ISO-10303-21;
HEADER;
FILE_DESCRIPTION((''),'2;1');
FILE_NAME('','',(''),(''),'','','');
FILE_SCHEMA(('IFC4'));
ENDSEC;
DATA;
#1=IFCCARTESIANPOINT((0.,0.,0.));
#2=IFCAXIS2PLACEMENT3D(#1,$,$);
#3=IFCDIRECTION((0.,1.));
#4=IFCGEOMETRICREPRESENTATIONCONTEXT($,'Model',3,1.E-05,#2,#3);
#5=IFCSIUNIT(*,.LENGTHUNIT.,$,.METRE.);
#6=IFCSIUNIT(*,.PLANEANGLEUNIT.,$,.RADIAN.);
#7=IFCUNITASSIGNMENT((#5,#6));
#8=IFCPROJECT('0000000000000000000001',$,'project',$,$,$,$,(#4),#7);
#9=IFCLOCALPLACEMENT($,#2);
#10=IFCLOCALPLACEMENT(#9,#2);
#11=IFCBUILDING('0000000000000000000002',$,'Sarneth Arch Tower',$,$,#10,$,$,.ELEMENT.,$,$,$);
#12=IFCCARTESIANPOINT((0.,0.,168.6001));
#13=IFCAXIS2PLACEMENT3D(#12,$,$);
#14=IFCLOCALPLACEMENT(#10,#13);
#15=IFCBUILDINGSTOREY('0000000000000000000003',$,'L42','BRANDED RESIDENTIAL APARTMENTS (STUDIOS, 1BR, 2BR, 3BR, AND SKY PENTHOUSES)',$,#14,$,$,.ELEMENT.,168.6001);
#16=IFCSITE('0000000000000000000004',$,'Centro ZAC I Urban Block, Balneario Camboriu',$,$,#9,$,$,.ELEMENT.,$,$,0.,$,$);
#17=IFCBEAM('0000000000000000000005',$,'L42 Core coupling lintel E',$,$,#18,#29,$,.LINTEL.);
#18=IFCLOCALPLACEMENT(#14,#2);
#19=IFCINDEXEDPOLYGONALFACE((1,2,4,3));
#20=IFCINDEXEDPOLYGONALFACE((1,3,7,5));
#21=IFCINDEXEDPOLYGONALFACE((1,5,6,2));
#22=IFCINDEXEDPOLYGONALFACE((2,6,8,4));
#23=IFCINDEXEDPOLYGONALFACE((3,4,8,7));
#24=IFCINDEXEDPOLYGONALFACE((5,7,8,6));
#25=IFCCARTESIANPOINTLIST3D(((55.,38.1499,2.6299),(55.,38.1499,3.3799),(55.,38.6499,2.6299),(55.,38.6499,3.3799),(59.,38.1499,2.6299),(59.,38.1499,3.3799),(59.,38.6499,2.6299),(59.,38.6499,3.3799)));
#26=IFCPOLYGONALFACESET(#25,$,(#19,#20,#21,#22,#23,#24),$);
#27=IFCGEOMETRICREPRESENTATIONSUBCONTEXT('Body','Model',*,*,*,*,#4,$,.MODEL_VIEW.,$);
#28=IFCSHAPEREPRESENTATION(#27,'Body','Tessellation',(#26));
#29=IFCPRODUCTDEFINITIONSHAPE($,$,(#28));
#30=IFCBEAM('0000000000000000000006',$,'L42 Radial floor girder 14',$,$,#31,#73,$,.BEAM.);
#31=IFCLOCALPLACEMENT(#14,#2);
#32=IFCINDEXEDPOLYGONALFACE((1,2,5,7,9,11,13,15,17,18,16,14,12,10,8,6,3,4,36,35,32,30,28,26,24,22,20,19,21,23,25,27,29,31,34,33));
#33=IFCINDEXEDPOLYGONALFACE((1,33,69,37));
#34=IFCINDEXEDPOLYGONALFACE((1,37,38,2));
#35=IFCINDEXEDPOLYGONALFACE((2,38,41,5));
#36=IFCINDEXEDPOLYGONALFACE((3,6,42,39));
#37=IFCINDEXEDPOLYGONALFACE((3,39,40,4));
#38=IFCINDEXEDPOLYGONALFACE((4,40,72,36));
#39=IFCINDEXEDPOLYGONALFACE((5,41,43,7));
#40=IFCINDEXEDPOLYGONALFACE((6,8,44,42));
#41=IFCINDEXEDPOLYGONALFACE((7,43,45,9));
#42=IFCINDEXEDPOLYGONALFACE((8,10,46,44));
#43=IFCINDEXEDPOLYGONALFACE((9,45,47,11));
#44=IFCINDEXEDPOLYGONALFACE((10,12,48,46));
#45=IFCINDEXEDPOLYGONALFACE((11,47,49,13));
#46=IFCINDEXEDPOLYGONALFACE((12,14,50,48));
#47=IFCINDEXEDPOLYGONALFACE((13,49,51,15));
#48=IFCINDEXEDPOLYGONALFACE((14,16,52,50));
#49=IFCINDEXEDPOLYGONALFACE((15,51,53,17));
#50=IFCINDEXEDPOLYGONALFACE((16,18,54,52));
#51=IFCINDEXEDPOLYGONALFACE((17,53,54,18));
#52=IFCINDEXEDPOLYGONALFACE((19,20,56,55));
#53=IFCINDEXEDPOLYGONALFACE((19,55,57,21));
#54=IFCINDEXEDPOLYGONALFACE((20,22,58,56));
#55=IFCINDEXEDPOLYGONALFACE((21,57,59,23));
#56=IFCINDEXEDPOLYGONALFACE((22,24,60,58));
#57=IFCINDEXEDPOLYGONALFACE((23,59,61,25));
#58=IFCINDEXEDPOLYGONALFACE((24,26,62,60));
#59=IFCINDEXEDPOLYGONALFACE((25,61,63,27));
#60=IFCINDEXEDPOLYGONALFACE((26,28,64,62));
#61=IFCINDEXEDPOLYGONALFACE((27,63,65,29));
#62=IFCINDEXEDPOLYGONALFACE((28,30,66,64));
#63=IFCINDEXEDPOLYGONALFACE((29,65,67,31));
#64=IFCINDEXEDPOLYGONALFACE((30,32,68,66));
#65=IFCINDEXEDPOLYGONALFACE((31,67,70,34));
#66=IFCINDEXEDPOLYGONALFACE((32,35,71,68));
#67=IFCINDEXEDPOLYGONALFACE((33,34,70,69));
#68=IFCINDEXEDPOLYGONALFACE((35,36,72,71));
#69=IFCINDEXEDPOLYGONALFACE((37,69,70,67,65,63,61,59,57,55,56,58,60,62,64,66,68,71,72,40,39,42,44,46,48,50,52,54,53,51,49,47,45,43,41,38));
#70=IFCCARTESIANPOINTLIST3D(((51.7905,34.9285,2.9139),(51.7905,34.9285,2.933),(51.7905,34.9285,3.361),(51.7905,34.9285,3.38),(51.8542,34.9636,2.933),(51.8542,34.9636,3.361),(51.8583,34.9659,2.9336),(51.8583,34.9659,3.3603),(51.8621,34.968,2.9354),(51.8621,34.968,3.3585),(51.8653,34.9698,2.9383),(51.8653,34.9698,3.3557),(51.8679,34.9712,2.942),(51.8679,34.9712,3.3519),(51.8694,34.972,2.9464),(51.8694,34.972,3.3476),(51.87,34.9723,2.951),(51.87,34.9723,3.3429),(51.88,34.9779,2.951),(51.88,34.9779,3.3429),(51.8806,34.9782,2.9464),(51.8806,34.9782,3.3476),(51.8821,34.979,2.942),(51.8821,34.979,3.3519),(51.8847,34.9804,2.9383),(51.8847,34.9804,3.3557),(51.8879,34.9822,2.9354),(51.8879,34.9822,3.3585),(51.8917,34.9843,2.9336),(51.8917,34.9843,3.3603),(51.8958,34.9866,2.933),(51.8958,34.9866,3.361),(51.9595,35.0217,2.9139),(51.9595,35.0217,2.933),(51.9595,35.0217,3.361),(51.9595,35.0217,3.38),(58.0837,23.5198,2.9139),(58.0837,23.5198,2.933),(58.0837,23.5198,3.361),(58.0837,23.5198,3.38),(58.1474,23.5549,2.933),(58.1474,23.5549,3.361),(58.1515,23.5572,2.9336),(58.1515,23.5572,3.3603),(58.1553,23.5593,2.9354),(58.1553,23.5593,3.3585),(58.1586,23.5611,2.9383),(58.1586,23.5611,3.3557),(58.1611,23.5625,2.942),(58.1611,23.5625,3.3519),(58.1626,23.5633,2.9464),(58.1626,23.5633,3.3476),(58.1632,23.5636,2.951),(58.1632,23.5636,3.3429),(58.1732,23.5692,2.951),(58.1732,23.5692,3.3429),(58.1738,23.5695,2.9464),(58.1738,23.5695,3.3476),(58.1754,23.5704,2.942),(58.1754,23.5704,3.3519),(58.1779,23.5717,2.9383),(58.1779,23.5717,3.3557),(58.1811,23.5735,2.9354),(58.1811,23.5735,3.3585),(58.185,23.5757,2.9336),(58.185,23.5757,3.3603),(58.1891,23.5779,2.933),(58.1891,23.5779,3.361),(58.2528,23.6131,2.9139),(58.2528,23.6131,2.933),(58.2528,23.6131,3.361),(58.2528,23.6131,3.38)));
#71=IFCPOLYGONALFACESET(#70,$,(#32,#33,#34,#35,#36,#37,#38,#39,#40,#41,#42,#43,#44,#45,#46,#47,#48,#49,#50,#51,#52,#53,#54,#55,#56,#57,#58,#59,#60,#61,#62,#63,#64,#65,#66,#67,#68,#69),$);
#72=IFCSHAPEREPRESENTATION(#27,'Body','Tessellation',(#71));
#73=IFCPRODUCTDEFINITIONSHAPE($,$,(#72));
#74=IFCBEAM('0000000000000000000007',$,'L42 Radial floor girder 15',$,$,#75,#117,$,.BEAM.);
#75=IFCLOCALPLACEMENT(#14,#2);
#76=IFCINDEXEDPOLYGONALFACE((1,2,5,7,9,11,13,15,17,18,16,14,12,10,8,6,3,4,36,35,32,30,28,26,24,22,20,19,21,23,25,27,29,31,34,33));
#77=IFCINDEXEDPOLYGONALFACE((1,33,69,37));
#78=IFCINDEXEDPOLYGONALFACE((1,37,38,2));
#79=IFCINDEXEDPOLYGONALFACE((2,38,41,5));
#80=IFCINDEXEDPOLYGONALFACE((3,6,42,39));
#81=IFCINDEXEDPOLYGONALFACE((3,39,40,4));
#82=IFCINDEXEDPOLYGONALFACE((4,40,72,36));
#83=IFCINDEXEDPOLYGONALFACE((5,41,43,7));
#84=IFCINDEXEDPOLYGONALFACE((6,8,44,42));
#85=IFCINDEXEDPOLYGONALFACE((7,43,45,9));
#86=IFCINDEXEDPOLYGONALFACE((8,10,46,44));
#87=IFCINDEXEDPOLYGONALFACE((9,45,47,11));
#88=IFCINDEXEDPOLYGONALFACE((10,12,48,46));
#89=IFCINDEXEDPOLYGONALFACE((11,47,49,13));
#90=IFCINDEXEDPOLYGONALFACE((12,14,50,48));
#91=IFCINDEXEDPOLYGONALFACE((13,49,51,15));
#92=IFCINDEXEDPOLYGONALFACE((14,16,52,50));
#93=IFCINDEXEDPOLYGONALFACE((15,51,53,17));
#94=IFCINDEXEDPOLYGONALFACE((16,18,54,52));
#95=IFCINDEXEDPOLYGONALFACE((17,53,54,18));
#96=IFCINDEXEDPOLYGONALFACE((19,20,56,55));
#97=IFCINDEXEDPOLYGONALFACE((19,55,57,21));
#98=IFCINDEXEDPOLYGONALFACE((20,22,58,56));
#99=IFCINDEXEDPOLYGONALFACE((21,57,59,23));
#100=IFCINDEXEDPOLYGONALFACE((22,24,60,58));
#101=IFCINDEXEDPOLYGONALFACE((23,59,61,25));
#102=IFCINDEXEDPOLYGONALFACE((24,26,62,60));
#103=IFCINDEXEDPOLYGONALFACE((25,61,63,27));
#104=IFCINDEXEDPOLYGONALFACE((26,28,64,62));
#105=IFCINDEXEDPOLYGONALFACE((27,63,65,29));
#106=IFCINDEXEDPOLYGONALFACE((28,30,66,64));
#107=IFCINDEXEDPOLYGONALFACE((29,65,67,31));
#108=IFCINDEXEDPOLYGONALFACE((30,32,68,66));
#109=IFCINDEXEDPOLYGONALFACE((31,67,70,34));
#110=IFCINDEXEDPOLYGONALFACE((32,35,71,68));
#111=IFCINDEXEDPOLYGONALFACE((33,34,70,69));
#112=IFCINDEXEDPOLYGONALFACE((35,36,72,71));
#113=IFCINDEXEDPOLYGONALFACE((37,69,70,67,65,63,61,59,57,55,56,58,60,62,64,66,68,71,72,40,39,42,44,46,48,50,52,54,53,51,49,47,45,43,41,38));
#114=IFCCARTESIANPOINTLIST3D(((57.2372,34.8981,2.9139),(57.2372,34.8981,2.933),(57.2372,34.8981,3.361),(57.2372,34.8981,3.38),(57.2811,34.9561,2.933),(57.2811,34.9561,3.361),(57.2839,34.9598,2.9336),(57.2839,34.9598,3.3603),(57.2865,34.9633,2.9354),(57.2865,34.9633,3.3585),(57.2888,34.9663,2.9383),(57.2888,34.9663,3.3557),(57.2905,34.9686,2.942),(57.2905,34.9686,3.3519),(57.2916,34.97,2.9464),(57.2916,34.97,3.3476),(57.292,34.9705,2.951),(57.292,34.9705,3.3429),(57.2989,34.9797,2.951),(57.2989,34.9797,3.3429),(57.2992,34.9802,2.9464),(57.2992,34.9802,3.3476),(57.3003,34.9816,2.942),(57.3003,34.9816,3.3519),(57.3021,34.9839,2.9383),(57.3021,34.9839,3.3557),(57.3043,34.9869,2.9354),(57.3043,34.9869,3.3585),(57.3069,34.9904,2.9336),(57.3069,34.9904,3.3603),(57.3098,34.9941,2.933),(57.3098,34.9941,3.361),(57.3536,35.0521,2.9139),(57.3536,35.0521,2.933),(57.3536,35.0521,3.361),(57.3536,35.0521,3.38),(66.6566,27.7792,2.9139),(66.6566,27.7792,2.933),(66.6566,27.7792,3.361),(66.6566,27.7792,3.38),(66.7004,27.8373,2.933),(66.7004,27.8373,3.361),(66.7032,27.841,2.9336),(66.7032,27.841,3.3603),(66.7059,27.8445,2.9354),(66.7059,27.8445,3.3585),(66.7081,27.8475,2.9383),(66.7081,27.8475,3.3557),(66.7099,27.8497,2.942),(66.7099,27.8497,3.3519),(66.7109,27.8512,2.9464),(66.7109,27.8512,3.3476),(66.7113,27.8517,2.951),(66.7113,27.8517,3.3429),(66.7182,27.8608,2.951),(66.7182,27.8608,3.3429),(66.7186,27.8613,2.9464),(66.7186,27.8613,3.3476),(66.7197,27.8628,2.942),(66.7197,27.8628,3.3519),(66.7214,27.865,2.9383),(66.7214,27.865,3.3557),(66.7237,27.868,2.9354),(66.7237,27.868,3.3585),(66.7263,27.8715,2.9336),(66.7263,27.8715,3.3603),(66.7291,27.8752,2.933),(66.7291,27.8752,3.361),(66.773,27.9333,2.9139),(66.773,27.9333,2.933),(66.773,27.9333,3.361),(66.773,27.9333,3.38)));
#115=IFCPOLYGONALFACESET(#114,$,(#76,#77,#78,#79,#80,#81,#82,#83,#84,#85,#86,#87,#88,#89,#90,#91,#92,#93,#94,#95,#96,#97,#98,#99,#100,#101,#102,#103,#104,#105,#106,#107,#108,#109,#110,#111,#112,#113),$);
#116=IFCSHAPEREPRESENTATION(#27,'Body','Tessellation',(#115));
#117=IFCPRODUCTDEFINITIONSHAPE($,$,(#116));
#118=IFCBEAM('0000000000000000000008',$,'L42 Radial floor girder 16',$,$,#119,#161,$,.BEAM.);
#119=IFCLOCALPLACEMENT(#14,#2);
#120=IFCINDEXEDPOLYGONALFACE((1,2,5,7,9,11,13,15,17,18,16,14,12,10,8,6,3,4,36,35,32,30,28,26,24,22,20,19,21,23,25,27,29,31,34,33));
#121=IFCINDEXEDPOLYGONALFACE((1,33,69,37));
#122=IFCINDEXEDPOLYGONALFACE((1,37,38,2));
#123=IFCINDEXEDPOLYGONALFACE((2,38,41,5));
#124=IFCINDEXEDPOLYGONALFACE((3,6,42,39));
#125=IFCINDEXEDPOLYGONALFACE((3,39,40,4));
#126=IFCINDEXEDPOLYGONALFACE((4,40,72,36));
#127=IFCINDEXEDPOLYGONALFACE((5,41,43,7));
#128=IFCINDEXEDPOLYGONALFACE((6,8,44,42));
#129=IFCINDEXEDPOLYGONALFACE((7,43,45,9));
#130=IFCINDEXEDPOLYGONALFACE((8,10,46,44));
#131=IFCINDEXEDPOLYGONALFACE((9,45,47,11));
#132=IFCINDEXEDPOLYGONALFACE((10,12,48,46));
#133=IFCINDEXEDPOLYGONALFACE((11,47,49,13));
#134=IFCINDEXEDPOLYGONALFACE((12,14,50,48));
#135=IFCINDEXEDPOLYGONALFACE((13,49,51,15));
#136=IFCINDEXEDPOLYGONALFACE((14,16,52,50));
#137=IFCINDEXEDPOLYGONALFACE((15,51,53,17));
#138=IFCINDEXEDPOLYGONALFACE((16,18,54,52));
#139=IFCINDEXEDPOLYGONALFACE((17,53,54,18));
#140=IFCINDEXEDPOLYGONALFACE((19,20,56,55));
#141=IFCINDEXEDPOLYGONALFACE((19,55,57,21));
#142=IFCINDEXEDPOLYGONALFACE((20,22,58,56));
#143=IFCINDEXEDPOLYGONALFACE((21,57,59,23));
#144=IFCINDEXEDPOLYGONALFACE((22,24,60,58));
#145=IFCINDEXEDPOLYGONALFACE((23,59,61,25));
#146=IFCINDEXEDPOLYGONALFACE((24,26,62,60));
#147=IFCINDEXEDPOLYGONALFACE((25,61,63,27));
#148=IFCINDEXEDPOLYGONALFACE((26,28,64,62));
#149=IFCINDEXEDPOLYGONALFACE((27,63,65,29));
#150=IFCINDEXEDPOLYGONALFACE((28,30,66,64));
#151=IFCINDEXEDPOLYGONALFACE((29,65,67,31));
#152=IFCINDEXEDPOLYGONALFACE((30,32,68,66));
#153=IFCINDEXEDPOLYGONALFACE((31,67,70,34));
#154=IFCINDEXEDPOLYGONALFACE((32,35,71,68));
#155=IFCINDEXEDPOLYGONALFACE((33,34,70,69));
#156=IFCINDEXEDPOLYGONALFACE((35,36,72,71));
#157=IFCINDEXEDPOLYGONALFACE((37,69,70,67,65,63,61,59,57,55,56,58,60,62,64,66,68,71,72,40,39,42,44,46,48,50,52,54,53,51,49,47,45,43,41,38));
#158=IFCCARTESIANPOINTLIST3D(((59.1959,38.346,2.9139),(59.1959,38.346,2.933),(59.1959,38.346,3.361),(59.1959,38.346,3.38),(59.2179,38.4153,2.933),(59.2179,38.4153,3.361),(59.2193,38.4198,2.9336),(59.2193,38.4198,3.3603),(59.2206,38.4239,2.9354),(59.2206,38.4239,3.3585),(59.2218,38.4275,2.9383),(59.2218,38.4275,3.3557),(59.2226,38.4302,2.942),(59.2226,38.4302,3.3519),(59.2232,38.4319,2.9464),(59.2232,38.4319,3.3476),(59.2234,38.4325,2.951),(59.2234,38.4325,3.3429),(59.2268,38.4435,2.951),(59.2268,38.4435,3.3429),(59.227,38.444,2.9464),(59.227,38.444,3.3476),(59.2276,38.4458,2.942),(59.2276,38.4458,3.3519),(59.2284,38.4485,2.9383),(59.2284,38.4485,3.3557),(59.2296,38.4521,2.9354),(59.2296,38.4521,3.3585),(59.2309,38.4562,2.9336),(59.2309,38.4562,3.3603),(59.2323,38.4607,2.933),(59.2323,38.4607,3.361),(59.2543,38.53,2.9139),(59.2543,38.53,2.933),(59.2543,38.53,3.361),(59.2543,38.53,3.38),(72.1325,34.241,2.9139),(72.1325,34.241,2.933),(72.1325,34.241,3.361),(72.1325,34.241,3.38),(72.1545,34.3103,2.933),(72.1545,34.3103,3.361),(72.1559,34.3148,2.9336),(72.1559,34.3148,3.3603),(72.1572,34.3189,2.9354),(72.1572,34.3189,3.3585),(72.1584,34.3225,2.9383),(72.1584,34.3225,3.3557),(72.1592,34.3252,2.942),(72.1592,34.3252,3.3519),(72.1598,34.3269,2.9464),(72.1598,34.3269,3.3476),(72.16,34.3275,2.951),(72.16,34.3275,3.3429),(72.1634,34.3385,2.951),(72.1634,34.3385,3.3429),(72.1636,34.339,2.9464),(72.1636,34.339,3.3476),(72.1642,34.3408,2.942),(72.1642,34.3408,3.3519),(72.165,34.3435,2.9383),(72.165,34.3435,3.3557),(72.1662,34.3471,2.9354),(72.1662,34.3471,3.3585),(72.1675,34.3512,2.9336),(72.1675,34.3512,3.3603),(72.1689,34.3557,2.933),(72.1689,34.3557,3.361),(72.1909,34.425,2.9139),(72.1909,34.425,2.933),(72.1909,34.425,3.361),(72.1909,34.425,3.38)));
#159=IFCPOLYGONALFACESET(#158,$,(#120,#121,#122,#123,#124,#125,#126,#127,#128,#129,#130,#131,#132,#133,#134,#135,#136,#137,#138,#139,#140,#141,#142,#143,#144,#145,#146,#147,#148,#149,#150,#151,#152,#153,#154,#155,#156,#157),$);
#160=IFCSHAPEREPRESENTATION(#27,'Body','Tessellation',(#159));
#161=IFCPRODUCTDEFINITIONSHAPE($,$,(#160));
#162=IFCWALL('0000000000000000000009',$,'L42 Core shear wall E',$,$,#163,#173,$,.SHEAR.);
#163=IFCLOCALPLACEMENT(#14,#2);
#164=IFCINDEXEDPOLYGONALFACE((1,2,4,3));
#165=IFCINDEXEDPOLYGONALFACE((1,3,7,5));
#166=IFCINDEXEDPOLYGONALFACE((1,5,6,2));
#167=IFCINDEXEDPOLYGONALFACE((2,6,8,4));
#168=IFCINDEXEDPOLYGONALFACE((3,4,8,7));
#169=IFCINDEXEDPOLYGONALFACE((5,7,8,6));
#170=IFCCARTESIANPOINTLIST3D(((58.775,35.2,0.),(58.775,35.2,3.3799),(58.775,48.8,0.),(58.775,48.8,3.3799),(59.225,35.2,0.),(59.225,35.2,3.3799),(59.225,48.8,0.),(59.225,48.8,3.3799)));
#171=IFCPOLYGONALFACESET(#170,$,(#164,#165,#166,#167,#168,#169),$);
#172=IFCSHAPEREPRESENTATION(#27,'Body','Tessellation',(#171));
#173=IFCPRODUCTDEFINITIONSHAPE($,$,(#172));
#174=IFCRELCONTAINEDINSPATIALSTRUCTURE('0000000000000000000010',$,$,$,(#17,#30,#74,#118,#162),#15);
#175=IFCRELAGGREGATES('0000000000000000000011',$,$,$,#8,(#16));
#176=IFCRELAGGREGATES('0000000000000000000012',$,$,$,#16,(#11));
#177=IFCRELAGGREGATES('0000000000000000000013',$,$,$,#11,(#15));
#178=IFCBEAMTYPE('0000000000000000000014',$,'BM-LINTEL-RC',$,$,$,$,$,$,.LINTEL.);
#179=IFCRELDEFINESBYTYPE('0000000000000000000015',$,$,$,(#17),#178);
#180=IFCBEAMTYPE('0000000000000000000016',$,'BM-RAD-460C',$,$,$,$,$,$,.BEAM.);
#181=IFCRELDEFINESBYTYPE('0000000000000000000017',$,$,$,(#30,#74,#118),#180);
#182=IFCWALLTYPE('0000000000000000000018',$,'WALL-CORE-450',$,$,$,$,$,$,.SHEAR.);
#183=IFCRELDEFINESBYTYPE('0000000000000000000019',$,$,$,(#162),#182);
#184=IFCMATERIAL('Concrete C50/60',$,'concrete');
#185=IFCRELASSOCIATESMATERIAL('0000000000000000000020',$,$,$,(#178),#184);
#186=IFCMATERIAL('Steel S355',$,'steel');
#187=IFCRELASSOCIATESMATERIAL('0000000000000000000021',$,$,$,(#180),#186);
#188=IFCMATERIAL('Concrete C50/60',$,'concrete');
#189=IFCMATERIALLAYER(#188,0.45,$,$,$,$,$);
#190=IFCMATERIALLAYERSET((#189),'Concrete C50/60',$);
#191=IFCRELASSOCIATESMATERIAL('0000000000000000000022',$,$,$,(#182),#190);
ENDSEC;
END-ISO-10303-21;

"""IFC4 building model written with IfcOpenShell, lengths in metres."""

from ifc_helpers import new_model, si_unit, direction, frame, frame_2d, origin, origin_2d, place, context, subcontext, project, spatial, rectangle, i_section, extrude, material, layer, layer_set, material_profile, profile_set, type_object, element, save


model = new_model("IFC4")

# Units and contexts
model_context = context("Model", 3, precision=1e-05, world=origin(), true_north=direction((0.0, 1.0)))
body_context = subcontext(model_context, "Body", "Model", "MODEL_VIEW")
ifc_project = project(units=[si_unit("LENGTHUNIT", "METRE"), si_unit("PLANEANGLEUNIT", "RADIAN")], contexts=[model_context])

# Site, building, storey
site_placement = place(None, origin())
site = spatial("IfcSite", under=ifc_project, at=site_placement, Name="Centro ZAC I Urban Block, Balneario Camboriu", CompositionType="ELEMENT", RefElevation=0.0)
building_placement = place(site_placement, origin())
building = spatial("IfcBuilding", under=site, at=building_placement, Name="Sarneth Arch Tower", CompositionType="ELEMENT")
storey_placement = place(building_placement, frame((0.0, 0.0, 168.6001)))
storey = spatial("IfcBuildingStorey", under=building, at=storey_placement, Name="L42", Description="BRANDED RESIDENTIAL APARTMENTS (STUDIOS, 1BR, 2BR, 3BR, AND SKY PENTHOUSES)", CompositionType="ELEMENT", Elevation=168.6001)

# Beams
ifc_material_1 = material(Name="Concrete C50/60", Category="concrete")
ifc_material_profile_1 = material_profile(ifc_material_1, rectangle(XDim=0.5, YDim=0.75, at=origin_2d()), Name="RC-500x750")
ifc_profile_set_1 = profile_set([ifc_material_profile_1], Name="Concrete C50/60")
beam_type_1 = type_object("IfcBeamType", Name="BM-LINTEL-RC", PredefinedType="LINTEL", material=ifc_profile_set_1)
beam_1_placement = place(storey_placement, frame((55.0, 38.3999, 3.0049), z_axis=(1.0, 0.0, 0.0), x_axis=(0.0, 1.0, 0.0)))
element("IfcBeam", 1, at=beam_1_placement, inside=storey, type_object=beam_type_1, Name="L42 Core coupling lintel E", PredefinedType="LINTEL", context=body_context, shape_type="SweptSolid", body=[
    extrude(rectangle(XDim=0.5, YDim=0.75, at=origin_2d()), origin(), (0.0, 0.0, 1.0), 4.0),
])
ifc_material_2 = material(Name="Steel S355", Category="steel")
ifc_material_profile_2 = material_profile(ifc_material_2, i_section(OverallWidth=0.1931, OverallDepth=0.4661, WebThickness=0.0115, FlangeThickness=0.019, FilletRadius=0.0181, at=origin_2d()), Name="W460x97")
ifc_profile_set_2 = profile_set([ifc_material_profile_2], Name="Steel S355")
beam_type_2 = type_object("IfcBeamType", Name="BM-RAD-460C", PredefinedType="BEAM", material=ifc_profile_set_2)
beam_2_placement = place(storey_placement, frame((51.875, 34.9751, 3.147), z_axis=(0.483005, -0.875618, 0.0), x_axis=(0.875618, 0.483005, 0.0)))
element("IfcBeam", 2, at=beam_2_placement, inside=storey, type_object=beam_type_2, Name="L42 Radial floor girder 14", PredefinedType="BEAM", context=body_context, shape_type="SweptSolid", body=[
    extrude(i_section(OverallWidth=0.1931, OverallDepth=0.4661, WebThickness=0.0115, FlangeThickness=0.019, FilletRadius=0.0181, at=origin_2d()), origin(), (0.0, 0.0, 1.0), 13.0293),
])
beam_3_placement = place(storey_placement, frame((57.2954, 34.9751, 3.147), z_axis=(0.797786, -0.60294, 0.0), x_axis=(0.60294, 0.797786, 0.0)))
element("IfcBeam", 3, at=beam_3_placement, inside=storey, type_object=beam_type_2, Name="L42 Radial floor girder 15", PredefinedType="BEAM", context=body_context, shape_type="SweptSolid", body=[
    extrude(i_section(OverallWidth=0.1931, OverallDepth=0.4661, WebThickness=0.0115, FlangeThickness=0.019, FilletRadius=0.0181, at=origin_2d()), origin(), (0.0, 0.0, 1.0), 11.8069),
])
beam_4_placement = place(storey_placement, frame((59.2251, 38.438, 3.147), z_axis=(0.953164, -0.302455, 0.0), x_axis=(0.302455, 0.953164, 0.0)))
element("IfcBeam", 4, at=beam_4_placement, inside=storey, type_object=beam_type_2, Name="L42 Radial floor girder 16", PredefinedType="BEAM", context=body_context, shape_type="SweptSolid", body=[
    extrude(i_section(OverallWidth=0.1931, OverallDepth=0.4661, WebThickness=0.0115, FlangeThickness=0.019, FilletRadius=0.0181, at=origin_2d()), origin(), (0.0, 0.0, 1.0), 13.5723),
])

# Shared definitions
ifc_material_3 = material(Name="Concrete C50/60", Category="concrete")
ifc_layer_1 = layer(ifc_material_3, 0.45)
ifc_layer_set_1 = layer_set([ifc_layer_1], Name="Concrete C50/60")
wall_type_1 = type_object("IfcWallType", Name="WALL-CORE-450", PredefinedType="SHEAR", material=ifc_layer_set_1)

# Wall
wall_1_placement = place(storey_placement, frame((59.0, 35.2, 0.0), z_axis=(0.0, 0.0, 1.0), x_axis=(0.0, 1.0, 0.0)))
element("IfcWall", 5, at=wall_1_placement, inside=storey, type_object=wall_type_1, Name="L42 Core shear wall E", PredefinedType="SHEAR", context=body_context, shape_type="SweptSolid", body=[
    extrude(rectangle(XDim=13.6001, YDim=0.45, at=frame_2d((6.8, 0.0))), origin(), (0.0, 0.0, 1.0), 3.3799),
])

save(model, "model.ifc")
